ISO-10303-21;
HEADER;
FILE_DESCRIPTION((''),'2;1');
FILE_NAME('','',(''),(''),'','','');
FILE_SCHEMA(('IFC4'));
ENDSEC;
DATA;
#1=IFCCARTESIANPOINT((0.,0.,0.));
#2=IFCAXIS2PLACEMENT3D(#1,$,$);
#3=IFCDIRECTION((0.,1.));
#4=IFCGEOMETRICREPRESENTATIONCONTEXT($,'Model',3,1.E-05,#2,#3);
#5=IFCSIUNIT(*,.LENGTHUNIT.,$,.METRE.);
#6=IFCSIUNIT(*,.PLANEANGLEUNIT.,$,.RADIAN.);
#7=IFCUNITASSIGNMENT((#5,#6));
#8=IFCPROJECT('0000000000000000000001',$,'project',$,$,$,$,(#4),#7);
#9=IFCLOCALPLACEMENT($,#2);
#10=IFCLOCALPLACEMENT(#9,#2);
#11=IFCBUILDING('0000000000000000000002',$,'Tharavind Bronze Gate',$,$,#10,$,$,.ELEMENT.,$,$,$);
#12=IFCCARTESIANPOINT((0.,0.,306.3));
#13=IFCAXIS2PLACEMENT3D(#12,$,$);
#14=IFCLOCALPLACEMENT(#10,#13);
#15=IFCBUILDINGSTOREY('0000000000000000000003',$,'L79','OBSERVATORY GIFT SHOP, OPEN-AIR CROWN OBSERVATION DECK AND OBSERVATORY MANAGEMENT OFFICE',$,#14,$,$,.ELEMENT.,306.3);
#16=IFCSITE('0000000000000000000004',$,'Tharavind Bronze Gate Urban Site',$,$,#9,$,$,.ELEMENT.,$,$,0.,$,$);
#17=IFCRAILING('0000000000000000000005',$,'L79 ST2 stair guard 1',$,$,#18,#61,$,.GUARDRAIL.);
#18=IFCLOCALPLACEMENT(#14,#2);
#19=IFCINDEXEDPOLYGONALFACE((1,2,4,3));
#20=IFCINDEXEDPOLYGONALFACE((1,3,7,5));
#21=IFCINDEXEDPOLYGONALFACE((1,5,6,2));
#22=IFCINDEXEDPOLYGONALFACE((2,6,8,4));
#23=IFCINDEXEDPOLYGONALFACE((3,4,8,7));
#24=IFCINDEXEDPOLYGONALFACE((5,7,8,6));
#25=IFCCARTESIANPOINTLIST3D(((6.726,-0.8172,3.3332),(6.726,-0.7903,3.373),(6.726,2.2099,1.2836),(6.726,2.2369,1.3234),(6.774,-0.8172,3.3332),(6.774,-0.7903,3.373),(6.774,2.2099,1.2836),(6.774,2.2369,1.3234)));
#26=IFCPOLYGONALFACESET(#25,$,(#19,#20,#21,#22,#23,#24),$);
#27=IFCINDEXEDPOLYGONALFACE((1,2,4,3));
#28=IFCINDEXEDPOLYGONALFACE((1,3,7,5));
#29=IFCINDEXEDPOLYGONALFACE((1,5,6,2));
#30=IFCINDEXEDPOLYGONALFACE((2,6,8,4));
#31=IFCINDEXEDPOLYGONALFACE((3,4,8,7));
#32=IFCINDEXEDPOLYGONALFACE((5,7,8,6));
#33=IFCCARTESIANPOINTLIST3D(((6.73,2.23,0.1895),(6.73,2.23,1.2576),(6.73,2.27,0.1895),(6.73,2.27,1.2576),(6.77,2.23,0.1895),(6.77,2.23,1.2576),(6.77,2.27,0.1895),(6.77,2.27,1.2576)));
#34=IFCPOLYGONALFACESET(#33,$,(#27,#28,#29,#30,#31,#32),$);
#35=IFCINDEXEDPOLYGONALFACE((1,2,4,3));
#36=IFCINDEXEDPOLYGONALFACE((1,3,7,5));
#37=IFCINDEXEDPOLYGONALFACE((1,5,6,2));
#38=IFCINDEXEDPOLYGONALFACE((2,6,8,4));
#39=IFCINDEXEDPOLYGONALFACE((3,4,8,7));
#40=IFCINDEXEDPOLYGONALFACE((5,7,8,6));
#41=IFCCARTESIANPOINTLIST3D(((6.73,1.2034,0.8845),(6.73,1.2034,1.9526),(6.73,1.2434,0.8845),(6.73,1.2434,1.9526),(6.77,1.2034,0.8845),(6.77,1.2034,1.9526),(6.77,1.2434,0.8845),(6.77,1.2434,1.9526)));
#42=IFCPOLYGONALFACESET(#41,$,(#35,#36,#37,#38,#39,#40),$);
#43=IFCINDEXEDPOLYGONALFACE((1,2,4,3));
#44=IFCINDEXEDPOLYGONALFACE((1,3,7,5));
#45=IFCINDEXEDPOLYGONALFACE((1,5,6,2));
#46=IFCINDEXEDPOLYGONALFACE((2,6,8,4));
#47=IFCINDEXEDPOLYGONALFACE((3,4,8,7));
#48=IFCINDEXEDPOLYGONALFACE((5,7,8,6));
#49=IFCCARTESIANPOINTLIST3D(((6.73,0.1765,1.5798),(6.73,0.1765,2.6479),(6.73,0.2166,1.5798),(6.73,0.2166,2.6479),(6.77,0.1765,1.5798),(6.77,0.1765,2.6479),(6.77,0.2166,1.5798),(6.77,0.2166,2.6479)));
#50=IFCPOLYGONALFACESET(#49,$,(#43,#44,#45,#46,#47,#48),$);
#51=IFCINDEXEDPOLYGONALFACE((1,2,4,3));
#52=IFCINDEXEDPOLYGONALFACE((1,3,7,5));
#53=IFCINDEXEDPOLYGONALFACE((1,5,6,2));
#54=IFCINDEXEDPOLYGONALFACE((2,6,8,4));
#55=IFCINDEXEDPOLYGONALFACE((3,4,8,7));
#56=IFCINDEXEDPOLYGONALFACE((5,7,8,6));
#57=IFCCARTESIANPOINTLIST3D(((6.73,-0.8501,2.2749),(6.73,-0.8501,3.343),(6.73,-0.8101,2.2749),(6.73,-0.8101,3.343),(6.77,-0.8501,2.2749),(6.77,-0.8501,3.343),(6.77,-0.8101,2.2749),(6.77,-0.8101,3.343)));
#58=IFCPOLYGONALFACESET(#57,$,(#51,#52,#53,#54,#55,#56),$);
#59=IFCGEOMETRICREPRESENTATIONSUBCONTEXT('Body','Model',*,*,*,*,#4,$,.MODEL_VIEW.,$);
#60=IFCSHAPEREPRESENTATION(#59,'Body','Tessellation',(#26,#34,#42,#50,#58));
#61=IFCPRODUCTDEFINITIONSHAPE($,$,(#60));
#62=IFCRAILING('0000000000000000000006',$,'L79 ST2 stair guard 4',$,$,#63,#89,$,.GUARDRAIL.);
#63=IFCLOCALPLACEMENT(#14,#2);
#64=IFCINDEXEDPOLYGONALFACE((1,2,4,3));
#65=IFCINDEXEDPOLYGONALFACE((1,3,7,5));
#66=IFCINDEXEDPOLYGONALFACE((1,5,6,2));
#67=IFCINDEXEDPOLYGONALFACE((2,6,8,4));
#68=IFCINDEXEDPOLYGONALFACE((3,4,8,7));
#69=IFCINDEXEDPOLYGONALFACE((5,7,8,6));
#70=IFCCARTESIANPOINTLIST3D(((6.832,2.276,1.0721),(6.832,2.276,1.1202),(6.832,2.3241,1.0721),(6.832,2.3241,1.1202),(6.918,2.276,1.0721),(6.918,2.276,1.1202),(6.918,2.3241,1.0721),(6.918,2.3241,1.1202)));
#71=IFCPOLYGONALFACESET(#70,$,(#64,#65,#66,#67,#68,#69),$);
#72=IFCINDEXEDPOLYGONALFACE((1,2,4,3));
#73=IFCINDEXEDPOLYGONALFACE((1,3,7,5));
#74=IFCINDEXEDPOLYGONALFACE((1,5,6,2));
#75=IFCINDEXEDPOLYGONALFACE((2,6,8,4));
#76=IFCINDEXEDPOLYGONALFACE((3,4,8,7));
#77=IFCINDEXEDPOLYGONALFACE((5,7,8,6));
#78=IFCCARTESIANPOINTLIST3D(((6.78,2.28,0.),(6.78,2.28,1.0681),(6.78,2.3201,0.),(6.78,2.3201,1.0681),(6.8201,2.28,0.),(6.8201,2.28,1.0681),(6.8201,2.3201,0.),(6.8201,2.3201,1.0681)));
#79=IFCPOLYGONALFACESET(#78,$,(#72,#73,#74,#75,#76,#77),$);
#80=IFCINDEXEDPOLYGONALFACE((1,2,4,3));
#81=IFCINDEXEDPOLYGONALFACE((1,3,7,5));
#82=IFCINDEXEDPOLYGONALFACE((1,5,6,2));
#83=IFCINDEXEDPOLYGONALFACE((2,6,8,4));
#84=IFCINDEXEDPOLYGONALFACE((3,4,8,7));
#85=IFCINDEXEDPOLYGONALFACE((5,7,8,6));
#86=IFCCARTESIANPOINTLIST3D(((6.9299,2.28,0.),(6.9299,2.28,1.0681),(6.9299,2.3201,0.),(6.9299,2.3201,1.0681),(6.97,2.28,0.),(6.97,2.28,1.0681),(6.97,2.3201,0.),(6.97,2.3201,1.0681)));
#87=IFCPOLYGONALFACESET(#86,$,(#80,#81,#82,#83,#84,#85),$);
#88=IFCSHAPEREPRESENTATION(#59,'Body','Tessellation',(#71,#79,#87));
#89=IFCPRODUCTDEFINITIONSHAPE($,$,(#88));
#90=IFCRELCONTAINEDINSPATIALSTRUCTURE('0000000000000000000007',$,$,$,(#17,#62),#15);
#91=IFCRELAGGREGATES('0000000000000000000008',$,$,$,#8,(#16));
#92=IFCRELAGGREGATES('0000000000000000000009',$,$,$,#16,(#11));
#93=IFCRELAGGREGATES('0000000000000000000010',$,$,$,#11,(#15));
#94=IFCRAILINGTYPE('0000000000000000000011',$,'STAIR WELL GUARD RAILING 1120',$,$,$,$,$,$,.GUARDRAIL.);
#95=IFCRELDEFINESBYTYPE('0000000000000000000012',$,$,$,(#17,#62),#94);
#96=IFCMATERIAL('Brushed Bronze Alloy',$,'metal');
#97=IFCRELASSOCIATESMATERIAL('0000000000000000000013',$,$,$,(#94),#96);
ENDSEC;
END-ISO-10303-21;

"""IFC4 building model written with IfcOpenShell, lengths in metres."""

from ifc_helpers import new_model, si_unit, direction, frame, origin, origin_2d, place, context, subcontext, project, spatial, rectangle, extrude, material, type_object, element, save


model = new_model("IFC4")

# Units and contexts
model_context = context("Model", 3, precision=1e-05, world=origin(), true_north=direction((0.0, 1.0)))
body_context = subcontext(model_context, "Body", "Model", "MODEL_VIEW")
ifc_project = project(units=[si_unit("LENGTHUNIT", "METRE"), si_unit("PLANEANGLEUNIT", "RADIAN")], contexts=[model_context])

# Site, building, storey
site_placement = place(None, origin())
site = spatial("IfcSite", under=ifc_project, at=site_placement, Name="Tharavind Bronze Gate Urban Site", CompositionType="ELEMENT", RefElevation=0.0)
building_placement = place(site_placement, origin())
building = spatial("IfcBuilding", under=site, at=building_placement, Name="Tharavind Bronze Gate", CompositionType="ELEMENT")
storey_placement = place(building_placement, frame((0.0, 0.0, 306.3)))
storey = spatial("IfcBuildingStorey", under=building, at=storey_placement, Name="L79", Description="OBSERVATORY GIFT SHOP, OPEN-AIR CROWN OBSERVATION DECK AND OBSERVATORY MANAGEMENT OFFICE", CompositionType="ELEMENT", Elevation=306.3)

# Railings
ifc_material_1 = material(Name="Brushed Bronze Alloy", Category="metal")
railing_type = type_object("IfcRailingType", Name="STAIR WELL GUARD RAILING 1120", PredefinedType="GUARDRAIL", material=ifc_material_1)
railing_1_placement = place(storey_placement, frame((6.75, 2.25, 0.1895)))
element("IfcRailing", 1, at=railing_1_placement, inside=storey, type_object=railing_type, Name="L79 ST2 stair guard 1", PredefinedType="GUARDRAIL", context=body_context, shape_type="SweptSolid", body=[
    extrude(rectangle(XDim=0.0481, YDim=0.0481, at=origin_2d()), frame((0.0, -0.0266, 1.114), z_axis=(0.0, -0.82805, 0.560654), x_axis=(1.0, 0.0, 0.0)), (0.0, 0.0, 1.0), 3.6558),
    extrude(rectangle(XDim=0.04, YDim=0.04, at=origin_2d()), origin(), (0.0, 0.0, 1.0), 1.0681),
    extrude(rectangle(XDim=0.04, YDim=0.04, at=origin_2d()), frame((0.0, -1.0266, 0.6951)), (0.0, 0.0, 1.0), 1.0681),
    extrude(rectangle(XDim=0.04, YDim=0.04, at=origin_2d()), frame((0.0, -2.0535, 1.3904)), (0.0, 0.0, 1.0), 1.0681),
    extrude(rectangle(XDim=0.04, YDim=0.04, at=origin_2d()), frame((0.0, -3.0801, 2.0854)), (0.0, 0.0, 1.0), 1.0681),
])
railing_2_placement = place(storey_placement, frame((6.8, 2.3, 0.0)))
element("IfcRailing", 2, at=railing_2_placement, inside=storey, type_object=railing_type, Name="L79 ST2 stair guard 4", PredefinedType="GUARDRAIL", context=body_context, shape_type="SweptSolid", body=[
    extrude(rectangle(XDim=0.0481, YDim=0.0481, at=origin_2d()), frame((0.032, 0.0, 1.0962), z_axis=(1.0, 0.0, 0.0), x_axis=(0.0, 1.0, 0.0)), (0.0, 0.0, 1.0), 0.0859),
    extrude(rectangle(XDim=0.04, YDim=0.04, at=origin_2d()), origin(), (0.0, 0.0, 1.0), 1.0681),
    extrude(rectangle(XDim=0.04, YDim=0.04, at=origin_2d()), frame((0.1499, 0.0, 0.0)), (0.0, 0.0, 1.0), 1.0681),
])

save(model, "model.ifc")
